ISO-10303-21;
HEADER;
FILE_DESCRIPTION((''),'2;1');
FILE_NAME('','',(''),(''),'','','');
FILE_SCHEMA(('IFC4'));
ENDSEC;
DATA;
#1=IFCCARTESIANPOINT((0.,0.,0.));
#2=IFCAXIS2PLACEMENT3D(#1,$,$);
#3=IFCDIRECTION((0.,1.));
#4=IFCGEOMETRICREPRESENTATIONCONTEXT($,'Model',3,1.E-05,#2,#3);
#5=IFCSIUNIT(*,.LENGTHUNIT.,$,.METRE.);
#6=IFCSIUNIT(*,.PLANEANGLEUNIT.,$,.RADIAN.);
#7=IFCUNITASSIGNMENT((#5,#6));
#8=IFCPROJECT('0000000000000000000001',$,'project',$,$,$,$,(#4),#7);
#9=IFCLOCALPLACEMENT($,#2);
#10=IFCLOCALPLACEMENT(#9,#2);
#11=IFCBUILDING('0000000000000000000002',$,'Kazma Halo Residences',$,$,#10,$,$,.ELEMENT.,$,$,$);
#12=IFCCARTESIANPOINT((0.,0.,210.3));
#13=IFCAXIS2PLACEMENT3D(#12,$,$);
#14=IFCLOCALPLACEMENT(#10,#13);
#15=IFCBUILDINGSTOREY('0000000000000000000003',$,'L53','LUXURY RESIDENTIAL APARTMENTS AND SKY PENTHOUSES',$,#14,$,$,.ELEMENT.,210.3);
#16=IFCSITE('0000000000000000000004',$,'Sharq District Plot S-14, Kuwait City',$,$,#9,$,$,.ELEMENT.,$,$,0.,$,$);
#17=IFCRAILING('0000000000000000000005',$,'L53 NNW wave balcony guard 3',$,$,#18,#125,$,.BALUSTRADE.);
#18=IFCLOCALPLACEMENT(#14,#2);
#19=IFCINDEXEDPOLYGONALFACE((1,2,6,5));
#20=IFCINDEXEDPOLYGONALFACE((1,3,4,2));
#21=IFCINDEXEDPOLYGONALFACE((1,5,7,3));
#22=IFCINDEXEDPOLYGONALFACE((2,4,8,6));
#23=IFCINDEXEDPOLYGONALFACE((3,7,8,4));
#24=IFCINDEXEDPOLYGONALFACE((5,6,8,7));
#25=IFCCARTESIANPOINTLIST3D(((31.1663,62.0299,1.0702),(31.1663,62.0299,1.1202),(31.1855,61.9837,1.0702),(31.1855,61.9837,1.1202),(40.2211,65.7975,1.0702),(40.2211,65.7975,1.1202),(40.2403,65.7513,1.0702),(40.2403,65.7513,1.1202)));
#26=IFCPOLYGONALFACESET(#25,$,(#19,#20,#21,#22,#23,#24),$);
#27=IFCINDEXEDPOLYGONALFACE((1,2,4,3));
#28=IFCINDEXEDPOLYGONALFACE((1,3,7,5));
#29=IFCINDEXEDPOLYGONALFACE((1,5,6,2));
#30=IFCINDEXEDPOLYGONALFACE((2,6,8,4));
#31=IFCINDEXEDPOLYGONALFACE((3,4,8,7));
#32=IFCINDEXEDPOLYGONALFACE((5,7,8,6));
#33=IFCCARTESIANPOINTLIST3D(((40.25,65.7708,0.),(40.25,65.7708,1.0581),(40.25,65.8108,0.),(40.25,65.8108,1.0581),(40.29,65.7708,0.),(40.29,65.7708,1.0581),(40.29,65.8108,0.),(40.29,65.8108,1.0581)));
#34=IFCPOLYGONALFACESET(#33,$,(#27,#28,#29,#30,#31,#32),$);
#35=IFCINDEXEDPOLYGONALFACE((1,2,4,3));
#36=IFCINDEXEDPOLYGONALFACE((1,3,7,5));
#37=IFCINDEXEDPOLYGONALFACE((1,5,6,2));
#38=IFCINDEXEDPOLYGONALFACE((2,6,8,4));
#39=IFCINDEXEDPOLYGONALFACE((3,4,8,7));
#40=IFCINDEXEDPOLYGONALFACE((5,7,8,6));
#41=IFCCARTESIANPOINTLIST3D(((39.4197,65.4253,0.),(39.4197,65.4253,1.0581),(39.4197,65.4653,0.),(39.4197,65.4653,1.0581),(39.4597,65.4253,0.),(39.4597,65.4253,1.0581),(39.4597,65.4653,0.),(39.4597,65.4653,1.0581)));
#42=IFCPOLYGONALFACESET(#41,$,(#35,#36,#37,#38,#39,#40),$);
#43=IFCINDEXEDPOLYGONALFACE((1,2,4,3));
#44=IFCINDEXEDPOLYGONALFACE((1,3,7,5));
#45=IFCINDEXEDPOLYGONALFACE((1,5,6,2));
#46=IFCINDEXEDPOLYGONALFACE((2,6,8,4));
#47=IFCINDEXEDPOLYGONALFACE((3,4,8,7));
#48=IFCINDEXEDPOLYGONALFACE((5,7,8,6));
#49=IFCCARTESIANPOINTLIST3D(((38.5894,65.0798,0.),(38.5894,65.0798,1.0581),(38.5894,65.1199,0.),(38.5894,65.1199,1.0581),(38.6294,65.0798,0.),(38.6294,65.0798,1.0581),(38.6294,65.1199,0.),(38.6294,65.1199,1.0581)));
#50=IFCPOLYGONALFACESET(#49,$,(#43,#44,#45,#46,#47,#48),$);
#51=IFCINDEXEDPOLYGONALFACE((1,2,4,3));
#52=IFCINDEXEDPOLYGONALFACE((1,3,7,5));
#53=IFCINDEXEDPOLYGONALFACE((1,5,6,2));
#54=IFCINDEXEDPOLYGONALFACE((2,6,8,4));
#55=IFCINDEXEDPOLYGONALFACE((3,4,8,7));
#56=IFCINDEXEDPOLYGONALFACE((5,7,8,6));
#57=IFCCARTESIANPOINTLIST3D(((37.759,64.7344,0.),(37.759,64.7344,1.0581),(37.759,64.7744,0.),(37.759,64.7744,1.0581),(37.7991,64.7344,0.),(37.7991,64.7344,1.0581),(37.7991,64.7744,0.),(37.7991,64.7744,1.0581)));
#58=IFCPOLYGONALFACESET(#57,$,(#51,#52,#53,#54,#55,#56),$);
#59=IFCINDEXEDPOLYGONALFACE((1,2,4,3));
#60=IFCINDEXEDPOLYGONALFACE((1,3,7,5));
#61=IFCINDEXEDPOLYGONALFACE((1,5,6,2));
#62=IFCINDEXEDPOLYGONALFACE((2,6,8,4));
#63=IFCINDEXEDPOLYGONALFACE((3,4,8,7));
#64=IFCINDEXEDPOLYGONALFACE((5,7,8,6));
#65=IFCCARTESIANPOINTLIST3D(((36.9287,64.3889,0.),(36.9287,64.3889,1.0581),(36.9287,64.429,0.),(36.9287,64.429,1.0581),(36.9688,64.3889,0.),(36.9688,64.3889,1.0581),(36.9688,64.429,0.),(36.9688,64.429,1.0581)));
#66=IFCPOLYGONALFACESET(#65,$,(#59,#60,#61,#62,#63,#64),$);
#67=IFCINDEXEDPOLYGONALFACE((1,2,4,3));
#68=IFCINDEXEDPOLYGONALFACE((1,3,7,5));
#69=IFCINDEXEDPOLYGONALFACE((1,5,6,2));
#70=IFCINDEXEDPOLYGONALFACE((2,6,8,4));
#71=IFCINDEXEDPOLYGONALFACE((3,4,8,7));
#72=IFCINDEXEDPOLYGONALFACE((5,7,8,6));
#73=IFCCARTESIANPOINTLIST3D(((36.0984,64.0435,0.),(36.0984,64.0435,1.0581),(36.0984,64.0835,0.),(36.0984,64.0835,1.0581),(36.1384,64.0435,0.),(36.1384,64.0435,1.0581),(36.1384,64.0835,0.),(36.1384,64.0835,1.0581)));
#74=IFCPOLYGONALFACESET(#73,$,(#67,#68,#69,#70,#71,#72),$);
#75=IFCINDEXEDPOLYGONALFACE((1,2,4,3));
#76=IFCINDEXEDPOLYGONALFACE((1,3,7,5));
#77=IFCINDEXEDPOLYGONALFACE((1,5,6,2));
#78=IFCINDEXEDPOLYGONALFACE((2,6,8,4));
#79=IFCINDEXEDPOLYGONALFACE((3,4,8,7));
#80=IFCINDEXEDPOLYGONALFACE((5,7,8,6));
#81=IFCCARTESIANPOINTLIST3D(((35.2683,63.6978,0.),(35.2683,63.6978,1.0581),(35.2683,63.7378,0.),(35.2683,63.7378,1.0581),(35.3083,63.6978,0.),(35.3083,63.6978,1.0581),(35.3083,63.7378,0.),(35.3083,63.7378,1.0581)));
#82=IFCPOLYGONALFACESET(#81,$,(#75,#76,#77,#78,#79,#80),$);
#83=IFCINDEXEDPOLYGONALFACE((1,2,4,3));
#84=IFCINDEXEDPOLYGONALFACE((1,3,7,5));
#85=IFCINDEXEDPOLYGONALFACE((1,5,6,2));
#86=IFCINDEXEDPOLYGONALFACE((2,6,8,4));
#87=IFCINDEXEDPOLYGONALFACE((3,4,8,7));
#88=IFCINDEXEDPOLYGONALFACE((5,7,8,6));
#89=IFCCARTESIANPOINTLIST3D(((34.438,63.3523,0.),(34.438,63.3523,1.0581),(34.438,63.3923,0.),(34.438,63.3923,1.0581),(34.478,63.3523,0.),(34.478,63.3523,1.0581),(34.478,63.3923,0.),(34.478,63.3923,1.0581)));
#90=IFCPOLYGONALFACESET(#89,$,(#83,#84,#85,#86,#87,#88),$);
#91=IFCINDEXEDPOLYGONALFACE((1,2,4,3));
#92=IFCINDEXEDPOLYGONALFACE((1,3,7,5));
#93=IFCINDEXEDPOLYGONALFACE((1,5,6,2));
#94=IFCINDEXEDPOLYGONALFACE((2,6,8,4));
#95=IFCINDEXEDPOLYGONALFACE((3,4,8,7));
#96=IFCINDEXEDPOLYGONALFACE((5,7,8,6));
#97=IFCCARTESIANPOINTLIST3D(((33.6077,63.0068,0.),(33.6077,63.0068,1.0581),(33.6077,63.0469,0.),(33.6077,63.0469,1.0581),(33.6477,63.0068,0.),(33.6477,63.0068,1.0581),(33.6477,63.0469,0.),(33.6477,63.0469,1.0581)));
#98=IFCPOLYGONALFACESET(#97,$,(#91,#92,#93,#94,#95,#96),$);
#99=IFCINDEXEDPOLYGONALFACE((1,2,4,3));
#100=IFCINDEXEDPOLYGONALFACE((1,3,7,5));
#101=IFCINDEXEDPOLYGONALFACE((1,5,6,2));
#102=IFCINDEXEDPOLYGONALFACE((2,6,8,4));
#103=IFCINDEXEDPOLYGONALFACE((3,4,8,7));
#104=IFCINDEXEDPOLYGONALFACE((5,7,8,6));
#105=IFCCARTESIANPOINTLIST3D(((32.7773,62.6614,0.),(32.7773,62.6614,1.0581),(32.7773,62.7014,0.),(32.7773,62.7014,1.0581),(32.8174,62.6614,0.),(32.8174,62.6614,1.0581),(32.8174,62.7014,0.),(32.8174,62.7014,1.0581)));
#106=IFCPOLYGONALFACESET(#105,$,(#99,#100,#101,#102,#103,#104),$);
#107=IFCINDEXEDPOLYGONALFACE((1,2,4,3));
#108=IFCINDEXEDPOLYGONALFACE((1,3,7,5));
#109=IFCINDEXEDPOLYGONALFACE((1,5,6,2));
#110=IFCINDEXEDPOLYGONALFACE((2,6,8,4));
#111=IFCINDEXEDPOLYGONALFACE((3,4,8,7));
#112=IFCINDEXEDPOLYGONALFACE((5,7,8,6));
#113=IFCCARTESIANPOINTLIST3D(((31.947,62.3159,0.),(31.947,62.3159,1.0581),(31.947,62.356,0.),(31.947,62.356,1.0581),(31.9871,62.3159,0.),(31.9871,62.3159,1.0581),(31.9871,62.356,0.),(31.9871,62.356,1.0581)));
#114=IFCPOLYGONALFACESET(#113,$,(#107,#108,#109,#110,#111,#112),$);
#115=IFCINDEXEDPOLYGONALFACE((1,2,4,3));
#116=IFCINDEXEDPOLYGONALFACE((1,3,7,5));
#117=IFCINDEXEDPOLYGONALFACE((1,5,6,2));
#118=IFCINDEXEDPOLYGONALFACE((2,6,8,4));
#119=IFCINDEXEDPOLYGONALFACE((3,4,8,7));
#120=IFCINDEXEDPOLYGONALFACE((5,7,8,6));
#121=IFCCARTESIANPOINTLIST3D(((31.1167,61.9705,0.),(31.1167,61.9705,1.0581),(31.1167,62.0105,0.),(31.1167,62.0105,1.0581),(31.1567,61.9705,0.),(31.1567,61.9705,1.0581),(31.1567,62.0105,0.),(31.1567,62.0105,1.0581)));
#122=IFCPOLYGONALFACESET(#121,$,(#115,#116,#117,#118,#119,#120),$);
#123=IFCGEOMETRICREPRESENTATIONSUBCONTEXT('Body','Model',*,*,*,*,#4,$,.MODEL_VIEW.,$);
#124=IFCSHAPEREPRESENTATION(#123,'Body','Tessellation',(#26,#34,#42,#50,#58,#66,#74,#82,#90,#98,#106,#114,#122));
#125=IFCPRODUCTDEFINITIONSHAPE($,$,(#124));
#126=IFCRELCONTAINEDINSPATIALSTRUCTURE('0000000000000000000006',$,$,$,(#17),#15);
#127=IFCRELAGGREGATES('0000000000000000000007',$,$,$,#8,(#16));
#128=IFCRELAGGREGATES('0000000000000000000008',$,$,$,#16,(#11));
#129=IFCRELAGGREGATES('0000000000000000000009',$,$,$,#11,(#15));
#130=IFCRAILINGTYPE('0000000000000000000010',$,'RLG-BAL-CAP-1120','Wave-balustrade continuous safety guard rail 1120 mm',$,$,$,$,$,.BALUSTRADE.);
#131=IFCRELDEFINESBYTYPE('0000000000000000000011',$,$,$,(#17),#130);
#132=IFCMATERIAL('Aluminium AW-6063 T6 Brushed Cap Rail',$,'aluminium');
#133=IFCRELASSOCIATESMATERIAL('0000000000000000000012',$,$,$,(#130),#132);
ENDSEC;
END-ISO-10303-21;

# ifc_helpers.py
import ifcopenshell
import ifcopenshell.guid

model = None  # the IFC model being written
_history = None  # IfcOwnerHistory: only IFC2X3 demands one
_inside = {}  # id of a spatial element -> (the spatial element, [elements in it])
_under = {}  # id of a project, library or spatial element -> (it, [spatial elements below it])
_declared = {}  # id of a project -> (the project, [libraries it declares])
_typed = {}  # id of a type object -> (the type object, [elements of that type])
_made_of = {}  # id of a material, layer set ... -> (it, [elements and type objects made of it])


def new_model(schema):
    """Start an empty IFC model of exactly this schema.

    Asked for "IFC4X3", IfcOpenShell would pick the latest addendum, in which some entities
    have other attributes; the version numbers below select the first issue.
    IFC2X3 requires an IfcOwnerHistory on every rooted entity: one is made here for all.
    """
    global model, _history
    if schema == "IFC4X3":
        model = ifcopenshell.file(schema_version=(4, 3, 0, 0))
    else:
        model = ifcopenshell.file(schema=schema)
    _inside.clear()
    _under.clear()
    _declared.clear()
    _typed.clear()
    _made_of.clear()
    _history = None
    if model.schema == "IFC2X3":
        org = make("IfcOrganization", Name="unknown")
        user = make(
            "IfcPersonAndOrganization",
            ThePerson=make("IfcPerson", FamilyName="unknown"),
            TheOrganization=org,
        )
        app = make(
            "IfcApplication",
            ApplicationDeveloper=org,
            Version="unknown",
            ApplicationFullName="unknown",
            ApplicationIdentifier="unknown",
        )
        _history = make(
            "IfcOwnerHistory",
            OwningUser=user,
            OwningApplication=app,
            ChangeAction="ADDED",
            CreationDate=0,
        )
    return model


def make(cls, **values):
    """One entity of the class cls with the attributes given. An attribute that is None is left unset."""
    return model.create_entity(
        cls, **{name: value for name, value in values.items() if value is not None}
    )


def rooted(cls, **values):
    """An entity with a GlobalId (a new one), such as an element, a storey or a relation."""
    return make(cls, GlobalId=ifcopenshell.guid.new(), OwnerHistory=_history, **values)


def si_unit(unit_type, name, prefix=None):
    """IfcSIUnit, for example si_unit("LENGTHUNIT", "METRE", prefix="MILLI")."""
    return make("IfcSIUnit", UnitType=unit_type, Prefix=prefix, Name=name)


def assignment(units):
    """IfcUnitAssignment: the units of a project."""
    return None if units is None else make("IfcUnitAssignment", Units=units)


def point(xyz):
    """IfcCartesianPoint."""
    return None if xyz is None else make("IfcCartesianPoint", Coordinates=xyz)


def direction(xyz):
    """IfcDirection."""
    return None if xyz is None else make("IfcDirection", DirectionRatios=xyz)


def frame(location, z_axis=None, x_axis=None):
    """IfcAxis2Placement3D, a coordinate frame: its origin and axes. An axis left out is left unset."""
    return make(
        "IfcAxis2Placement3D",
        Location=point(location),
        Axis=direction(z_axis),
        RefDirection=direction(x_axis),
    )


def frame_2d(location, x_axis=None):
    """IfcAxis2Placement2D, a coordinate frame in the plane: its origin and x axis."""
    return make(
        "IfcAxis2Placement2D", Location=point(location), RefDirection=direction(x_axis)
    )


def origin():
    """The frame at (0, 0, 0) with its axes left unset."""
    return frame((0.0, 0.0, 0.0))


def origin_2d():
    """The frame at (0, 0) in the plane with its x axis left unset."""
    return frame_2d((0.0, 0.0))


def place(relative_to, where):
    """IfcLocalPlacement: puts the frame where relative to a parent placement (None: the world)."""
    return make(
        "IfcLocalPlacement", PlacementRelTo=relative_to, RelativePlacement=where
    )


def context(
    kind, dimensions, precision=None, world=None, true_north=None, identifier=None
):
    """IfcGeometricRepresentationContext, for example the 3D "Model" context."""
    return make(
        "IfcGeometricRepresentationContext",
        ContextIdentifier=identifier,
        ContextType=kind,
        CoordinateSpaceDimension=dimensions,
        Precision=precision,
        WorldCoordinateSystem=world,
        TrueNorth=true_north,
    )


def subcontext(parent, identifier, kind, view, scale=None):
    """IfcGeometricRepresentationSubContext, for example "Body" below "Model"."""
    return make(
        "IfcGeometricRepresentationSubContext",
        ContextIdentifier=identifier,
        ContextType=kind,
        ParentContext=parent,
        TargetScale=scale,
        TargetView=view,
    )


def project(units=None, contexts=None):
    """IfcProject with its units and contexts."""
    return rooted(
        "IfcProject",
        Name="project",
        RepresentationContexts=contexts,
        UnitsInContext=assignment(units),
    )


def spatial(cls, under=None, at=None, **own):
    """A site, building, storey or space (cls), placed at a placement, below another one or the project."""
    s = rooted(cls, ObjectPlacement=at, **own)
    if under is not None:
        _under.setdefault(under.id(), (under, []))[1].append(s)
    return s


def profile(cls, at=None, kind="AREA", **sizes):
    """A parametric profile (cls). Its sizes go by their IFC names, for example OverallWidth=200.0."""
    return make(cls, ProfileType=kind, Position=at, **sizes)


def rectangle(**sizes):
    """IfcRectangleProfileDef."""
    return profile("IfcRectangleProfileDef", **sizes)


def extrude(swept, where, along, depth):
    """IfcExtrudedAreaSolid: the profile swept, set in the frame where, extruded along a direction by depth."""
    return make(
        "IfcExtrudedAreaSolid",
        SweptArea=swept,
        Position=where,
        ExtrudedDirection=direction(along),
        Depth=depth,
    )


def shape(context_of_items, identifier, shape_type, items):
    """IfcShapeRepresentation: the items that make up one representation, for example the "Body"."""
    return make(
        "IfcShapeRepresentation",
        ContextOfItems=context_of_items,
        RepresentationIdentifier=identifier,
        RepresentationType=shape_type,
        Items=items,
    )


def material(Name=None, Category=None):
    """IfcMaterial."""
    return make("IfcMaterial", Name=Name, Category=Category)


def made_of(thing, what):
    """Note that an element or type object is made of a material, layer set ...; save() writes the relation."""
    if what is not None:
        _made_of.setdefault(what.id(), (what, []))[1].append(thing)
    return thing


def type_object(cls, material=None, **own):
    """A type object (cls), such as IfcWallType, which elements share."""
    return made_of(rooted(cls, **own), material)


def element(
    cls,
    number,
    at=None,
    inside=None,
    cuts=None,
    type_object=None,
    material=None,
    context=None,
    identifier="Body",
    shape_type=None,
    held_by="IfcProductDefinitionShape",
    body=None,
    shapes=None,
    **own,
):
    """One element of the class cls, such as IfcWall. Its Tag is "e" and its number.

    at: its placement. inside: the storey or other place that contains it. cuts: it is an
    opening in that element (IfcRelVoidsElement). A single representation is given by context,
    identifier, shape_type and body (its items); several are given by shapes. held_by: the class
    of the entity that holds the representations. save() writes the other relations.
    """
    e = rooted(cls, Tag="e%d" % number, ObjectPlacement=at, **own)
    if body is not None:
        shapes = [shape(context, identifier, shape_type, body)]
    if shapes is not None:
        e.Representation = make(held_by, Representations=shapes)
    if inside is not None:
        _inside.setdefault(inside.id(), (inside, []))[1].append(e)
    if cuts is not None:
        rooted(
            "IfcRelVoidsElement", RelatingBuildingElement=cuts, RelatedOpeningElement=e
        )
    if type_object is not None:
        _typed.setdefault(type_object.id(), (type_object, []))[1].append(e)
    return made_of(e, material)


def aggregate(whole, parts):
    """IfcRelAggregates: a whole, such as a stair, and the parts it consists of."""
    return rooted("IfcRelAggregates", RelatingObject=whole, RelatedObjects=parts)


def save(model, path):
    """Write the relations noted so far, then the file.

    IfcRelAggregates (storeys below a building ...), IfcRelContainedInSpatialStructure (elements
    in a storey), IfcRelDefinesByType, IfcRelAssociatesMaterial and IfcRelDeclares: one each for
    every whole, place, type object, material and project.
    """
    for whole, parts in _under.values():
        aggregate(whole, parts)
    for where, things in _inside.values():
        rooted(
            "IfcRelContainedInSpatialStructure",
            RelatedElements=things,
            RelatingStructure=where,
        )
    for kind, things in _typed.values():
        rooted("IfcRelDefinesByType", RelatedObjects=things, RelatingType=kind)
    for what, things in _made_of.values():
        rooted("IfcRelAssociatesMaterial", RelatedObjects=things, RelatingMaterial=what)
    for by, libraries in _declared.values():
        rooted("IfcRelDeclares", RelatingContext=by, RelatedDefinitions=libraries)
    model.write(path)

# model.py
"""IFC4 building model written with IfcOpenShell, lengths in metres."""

from ifc_helpers import new_model, si_unit, direction, frame, origin, origin_2d, place, context, subcontext, project, spatial, rectangle, extrude, material, type_object, element, save


model = new_model("IFC4")

# Units and contexts
model_context = context("Model", 3, precision=1e-05, world=origin(), true_north=direction((0.0, 1.0)))
body_context = subcontext(model_context, "Body", "Model", "MODEL_VIEW")
ifc_project = project(units=[si_unit("LENGTHUNIT", "METRE"), si_unit("PLANEANGLEUNIT", "RADIAN")], contexts=[model_context])

# Site, building, storey
site_placement = place(None, origin())
site = spatial("IfcSite", under=ifc_project, at=site_placement, Name="Sharq District Plot S-14, Kuwait City", CompositionType="ELEMENT", RefElevation=0.0)
building_placement = place(site_placement, origin())
building = spatial("IfcBuilding", under=site, at=building_placement, Name="Kazma Halo Residences", CompositionType="ELEMENT")
storey_placement = place(building_placement, frame((0.0, 0.0, 210.3)))
storey = spatial("IfcBuildingStorey", under=building, at=storey_placement, Name="L53", Description="LUXURY RESIDENTIAL APARTMENTS AND SKY PENTHOUSES", CompositionType="ELEMENT", Elevation=210.3)

# Railing
ifc_material_1 = material(Name="Aluminium AW-6063 T6 Brushed Cap Rail", Category="aluminium")
railing_type = type_object("IfcRailingType", Name="RLG-BAL-CAP-1120", Description="Wave-balustrade continuous safety guard rail 1120 mm", PredefinedType="BALUSTRADE", material=ifc_material_1)
railing_placement = place(storey_placement, frame((40.27, 65.7908, 0.0)))
element("IfcRailing", 1, at=railing_placement, inside=storey, type_object=railing_type, Name="L53 NNW wave balcony guard 3", PredefinedType="BALUSTRADE", context=body_context, shape_type="SweptSolid", body=[
    extrude(rectangle(XDim=0.05, YDim=0.05, at=origin_2d()), frame((-0.0393, -0.0164, 1.0952), z_axis=(-0.923265, -0.384163, 0.0), x_axis=(0.384163, -0.923265, 0.0)), (0.0, 0.0, 1.0), 9.8074),
    extrude(rectangle(XDim=0.04, YDim=0.04, at=origin_2d()), origin(), (0.0, 0.0, 1.0), 1.0581),
    extrude(rectangle(XDim=0.04, YDim=0.04, at=origin_2d()), frame((-0.8303, -0.3455, 0.0)), (0.0, 0.0, 1.0), 1.0581),
    extrude(rectangle(XDim=0.04, YDim=0.04, at=origin_2d()), frame((-1.6606, -0.6909, 0.0)), (0.0, 0.0, 1.0), 1.0581),
    extrude(rectangle(XDim=0.04, YDim=0.04, at=origin_2d()), frame((-2.491, -1.0364, 0.0)), (0.0, 0.0, 1.0), 1.0581),
    extrude(rectangle(XDim=0.04, YDim=0.04, at=origin_2d()), frame((-3.3213, -1.3818, 0.0)), (0.0, 0.0, 1.0), 1.0581),
    extrude(rectangle(XDim=0.04, YDim=0.04, at=origin_2d()), frame((-4.1516, -1.7273, 0.0)), (0.0, 0.0, 1.0), 1.0581),
    extrude(rectangle(XDim=0.04, YDim=0.04, at=origin_2d()), frame((-4.9817, -2.073, 0.0)), (0.0, 0.0, 1.0), 1.0581),
    extrude(rectangle(XDim=0.04, YDim=0.04, at=origin_2d()), frame((-5.812, -2.4185, 0.0)), (0.0, 0.0, 1.0), 1.0581),
    extrude(rectangle(XDim=0.04, YDim=0.04, at=origin_2d()), frame((-6.6423, -2.7639, 0.0)), (0.0, 0.0, 1.0), 1.0581),
    extrude(rectangle(XDim=0.04, YDim=0.04, at=origin_2d()), frame((-7.4727, -3.1094, 0.0)), (0.0, 0.0, 1.0), 1.0581),
    extrude(rectangle(XDim=0.04, YDim=0.04, at=origin_2d()), frame((-8.303, -3.4548, 0.0)), (0.0, 0.0, 1.0), 1.0581),
    extrude(rectangle(XDim=0.04, YDim=0.04, at=origin_2d()), frame((-9.1333, -3.8003, 0.0)), (0.0, 0.0, 1.0), 1.0581),
])

save(model, "model.ifc")
